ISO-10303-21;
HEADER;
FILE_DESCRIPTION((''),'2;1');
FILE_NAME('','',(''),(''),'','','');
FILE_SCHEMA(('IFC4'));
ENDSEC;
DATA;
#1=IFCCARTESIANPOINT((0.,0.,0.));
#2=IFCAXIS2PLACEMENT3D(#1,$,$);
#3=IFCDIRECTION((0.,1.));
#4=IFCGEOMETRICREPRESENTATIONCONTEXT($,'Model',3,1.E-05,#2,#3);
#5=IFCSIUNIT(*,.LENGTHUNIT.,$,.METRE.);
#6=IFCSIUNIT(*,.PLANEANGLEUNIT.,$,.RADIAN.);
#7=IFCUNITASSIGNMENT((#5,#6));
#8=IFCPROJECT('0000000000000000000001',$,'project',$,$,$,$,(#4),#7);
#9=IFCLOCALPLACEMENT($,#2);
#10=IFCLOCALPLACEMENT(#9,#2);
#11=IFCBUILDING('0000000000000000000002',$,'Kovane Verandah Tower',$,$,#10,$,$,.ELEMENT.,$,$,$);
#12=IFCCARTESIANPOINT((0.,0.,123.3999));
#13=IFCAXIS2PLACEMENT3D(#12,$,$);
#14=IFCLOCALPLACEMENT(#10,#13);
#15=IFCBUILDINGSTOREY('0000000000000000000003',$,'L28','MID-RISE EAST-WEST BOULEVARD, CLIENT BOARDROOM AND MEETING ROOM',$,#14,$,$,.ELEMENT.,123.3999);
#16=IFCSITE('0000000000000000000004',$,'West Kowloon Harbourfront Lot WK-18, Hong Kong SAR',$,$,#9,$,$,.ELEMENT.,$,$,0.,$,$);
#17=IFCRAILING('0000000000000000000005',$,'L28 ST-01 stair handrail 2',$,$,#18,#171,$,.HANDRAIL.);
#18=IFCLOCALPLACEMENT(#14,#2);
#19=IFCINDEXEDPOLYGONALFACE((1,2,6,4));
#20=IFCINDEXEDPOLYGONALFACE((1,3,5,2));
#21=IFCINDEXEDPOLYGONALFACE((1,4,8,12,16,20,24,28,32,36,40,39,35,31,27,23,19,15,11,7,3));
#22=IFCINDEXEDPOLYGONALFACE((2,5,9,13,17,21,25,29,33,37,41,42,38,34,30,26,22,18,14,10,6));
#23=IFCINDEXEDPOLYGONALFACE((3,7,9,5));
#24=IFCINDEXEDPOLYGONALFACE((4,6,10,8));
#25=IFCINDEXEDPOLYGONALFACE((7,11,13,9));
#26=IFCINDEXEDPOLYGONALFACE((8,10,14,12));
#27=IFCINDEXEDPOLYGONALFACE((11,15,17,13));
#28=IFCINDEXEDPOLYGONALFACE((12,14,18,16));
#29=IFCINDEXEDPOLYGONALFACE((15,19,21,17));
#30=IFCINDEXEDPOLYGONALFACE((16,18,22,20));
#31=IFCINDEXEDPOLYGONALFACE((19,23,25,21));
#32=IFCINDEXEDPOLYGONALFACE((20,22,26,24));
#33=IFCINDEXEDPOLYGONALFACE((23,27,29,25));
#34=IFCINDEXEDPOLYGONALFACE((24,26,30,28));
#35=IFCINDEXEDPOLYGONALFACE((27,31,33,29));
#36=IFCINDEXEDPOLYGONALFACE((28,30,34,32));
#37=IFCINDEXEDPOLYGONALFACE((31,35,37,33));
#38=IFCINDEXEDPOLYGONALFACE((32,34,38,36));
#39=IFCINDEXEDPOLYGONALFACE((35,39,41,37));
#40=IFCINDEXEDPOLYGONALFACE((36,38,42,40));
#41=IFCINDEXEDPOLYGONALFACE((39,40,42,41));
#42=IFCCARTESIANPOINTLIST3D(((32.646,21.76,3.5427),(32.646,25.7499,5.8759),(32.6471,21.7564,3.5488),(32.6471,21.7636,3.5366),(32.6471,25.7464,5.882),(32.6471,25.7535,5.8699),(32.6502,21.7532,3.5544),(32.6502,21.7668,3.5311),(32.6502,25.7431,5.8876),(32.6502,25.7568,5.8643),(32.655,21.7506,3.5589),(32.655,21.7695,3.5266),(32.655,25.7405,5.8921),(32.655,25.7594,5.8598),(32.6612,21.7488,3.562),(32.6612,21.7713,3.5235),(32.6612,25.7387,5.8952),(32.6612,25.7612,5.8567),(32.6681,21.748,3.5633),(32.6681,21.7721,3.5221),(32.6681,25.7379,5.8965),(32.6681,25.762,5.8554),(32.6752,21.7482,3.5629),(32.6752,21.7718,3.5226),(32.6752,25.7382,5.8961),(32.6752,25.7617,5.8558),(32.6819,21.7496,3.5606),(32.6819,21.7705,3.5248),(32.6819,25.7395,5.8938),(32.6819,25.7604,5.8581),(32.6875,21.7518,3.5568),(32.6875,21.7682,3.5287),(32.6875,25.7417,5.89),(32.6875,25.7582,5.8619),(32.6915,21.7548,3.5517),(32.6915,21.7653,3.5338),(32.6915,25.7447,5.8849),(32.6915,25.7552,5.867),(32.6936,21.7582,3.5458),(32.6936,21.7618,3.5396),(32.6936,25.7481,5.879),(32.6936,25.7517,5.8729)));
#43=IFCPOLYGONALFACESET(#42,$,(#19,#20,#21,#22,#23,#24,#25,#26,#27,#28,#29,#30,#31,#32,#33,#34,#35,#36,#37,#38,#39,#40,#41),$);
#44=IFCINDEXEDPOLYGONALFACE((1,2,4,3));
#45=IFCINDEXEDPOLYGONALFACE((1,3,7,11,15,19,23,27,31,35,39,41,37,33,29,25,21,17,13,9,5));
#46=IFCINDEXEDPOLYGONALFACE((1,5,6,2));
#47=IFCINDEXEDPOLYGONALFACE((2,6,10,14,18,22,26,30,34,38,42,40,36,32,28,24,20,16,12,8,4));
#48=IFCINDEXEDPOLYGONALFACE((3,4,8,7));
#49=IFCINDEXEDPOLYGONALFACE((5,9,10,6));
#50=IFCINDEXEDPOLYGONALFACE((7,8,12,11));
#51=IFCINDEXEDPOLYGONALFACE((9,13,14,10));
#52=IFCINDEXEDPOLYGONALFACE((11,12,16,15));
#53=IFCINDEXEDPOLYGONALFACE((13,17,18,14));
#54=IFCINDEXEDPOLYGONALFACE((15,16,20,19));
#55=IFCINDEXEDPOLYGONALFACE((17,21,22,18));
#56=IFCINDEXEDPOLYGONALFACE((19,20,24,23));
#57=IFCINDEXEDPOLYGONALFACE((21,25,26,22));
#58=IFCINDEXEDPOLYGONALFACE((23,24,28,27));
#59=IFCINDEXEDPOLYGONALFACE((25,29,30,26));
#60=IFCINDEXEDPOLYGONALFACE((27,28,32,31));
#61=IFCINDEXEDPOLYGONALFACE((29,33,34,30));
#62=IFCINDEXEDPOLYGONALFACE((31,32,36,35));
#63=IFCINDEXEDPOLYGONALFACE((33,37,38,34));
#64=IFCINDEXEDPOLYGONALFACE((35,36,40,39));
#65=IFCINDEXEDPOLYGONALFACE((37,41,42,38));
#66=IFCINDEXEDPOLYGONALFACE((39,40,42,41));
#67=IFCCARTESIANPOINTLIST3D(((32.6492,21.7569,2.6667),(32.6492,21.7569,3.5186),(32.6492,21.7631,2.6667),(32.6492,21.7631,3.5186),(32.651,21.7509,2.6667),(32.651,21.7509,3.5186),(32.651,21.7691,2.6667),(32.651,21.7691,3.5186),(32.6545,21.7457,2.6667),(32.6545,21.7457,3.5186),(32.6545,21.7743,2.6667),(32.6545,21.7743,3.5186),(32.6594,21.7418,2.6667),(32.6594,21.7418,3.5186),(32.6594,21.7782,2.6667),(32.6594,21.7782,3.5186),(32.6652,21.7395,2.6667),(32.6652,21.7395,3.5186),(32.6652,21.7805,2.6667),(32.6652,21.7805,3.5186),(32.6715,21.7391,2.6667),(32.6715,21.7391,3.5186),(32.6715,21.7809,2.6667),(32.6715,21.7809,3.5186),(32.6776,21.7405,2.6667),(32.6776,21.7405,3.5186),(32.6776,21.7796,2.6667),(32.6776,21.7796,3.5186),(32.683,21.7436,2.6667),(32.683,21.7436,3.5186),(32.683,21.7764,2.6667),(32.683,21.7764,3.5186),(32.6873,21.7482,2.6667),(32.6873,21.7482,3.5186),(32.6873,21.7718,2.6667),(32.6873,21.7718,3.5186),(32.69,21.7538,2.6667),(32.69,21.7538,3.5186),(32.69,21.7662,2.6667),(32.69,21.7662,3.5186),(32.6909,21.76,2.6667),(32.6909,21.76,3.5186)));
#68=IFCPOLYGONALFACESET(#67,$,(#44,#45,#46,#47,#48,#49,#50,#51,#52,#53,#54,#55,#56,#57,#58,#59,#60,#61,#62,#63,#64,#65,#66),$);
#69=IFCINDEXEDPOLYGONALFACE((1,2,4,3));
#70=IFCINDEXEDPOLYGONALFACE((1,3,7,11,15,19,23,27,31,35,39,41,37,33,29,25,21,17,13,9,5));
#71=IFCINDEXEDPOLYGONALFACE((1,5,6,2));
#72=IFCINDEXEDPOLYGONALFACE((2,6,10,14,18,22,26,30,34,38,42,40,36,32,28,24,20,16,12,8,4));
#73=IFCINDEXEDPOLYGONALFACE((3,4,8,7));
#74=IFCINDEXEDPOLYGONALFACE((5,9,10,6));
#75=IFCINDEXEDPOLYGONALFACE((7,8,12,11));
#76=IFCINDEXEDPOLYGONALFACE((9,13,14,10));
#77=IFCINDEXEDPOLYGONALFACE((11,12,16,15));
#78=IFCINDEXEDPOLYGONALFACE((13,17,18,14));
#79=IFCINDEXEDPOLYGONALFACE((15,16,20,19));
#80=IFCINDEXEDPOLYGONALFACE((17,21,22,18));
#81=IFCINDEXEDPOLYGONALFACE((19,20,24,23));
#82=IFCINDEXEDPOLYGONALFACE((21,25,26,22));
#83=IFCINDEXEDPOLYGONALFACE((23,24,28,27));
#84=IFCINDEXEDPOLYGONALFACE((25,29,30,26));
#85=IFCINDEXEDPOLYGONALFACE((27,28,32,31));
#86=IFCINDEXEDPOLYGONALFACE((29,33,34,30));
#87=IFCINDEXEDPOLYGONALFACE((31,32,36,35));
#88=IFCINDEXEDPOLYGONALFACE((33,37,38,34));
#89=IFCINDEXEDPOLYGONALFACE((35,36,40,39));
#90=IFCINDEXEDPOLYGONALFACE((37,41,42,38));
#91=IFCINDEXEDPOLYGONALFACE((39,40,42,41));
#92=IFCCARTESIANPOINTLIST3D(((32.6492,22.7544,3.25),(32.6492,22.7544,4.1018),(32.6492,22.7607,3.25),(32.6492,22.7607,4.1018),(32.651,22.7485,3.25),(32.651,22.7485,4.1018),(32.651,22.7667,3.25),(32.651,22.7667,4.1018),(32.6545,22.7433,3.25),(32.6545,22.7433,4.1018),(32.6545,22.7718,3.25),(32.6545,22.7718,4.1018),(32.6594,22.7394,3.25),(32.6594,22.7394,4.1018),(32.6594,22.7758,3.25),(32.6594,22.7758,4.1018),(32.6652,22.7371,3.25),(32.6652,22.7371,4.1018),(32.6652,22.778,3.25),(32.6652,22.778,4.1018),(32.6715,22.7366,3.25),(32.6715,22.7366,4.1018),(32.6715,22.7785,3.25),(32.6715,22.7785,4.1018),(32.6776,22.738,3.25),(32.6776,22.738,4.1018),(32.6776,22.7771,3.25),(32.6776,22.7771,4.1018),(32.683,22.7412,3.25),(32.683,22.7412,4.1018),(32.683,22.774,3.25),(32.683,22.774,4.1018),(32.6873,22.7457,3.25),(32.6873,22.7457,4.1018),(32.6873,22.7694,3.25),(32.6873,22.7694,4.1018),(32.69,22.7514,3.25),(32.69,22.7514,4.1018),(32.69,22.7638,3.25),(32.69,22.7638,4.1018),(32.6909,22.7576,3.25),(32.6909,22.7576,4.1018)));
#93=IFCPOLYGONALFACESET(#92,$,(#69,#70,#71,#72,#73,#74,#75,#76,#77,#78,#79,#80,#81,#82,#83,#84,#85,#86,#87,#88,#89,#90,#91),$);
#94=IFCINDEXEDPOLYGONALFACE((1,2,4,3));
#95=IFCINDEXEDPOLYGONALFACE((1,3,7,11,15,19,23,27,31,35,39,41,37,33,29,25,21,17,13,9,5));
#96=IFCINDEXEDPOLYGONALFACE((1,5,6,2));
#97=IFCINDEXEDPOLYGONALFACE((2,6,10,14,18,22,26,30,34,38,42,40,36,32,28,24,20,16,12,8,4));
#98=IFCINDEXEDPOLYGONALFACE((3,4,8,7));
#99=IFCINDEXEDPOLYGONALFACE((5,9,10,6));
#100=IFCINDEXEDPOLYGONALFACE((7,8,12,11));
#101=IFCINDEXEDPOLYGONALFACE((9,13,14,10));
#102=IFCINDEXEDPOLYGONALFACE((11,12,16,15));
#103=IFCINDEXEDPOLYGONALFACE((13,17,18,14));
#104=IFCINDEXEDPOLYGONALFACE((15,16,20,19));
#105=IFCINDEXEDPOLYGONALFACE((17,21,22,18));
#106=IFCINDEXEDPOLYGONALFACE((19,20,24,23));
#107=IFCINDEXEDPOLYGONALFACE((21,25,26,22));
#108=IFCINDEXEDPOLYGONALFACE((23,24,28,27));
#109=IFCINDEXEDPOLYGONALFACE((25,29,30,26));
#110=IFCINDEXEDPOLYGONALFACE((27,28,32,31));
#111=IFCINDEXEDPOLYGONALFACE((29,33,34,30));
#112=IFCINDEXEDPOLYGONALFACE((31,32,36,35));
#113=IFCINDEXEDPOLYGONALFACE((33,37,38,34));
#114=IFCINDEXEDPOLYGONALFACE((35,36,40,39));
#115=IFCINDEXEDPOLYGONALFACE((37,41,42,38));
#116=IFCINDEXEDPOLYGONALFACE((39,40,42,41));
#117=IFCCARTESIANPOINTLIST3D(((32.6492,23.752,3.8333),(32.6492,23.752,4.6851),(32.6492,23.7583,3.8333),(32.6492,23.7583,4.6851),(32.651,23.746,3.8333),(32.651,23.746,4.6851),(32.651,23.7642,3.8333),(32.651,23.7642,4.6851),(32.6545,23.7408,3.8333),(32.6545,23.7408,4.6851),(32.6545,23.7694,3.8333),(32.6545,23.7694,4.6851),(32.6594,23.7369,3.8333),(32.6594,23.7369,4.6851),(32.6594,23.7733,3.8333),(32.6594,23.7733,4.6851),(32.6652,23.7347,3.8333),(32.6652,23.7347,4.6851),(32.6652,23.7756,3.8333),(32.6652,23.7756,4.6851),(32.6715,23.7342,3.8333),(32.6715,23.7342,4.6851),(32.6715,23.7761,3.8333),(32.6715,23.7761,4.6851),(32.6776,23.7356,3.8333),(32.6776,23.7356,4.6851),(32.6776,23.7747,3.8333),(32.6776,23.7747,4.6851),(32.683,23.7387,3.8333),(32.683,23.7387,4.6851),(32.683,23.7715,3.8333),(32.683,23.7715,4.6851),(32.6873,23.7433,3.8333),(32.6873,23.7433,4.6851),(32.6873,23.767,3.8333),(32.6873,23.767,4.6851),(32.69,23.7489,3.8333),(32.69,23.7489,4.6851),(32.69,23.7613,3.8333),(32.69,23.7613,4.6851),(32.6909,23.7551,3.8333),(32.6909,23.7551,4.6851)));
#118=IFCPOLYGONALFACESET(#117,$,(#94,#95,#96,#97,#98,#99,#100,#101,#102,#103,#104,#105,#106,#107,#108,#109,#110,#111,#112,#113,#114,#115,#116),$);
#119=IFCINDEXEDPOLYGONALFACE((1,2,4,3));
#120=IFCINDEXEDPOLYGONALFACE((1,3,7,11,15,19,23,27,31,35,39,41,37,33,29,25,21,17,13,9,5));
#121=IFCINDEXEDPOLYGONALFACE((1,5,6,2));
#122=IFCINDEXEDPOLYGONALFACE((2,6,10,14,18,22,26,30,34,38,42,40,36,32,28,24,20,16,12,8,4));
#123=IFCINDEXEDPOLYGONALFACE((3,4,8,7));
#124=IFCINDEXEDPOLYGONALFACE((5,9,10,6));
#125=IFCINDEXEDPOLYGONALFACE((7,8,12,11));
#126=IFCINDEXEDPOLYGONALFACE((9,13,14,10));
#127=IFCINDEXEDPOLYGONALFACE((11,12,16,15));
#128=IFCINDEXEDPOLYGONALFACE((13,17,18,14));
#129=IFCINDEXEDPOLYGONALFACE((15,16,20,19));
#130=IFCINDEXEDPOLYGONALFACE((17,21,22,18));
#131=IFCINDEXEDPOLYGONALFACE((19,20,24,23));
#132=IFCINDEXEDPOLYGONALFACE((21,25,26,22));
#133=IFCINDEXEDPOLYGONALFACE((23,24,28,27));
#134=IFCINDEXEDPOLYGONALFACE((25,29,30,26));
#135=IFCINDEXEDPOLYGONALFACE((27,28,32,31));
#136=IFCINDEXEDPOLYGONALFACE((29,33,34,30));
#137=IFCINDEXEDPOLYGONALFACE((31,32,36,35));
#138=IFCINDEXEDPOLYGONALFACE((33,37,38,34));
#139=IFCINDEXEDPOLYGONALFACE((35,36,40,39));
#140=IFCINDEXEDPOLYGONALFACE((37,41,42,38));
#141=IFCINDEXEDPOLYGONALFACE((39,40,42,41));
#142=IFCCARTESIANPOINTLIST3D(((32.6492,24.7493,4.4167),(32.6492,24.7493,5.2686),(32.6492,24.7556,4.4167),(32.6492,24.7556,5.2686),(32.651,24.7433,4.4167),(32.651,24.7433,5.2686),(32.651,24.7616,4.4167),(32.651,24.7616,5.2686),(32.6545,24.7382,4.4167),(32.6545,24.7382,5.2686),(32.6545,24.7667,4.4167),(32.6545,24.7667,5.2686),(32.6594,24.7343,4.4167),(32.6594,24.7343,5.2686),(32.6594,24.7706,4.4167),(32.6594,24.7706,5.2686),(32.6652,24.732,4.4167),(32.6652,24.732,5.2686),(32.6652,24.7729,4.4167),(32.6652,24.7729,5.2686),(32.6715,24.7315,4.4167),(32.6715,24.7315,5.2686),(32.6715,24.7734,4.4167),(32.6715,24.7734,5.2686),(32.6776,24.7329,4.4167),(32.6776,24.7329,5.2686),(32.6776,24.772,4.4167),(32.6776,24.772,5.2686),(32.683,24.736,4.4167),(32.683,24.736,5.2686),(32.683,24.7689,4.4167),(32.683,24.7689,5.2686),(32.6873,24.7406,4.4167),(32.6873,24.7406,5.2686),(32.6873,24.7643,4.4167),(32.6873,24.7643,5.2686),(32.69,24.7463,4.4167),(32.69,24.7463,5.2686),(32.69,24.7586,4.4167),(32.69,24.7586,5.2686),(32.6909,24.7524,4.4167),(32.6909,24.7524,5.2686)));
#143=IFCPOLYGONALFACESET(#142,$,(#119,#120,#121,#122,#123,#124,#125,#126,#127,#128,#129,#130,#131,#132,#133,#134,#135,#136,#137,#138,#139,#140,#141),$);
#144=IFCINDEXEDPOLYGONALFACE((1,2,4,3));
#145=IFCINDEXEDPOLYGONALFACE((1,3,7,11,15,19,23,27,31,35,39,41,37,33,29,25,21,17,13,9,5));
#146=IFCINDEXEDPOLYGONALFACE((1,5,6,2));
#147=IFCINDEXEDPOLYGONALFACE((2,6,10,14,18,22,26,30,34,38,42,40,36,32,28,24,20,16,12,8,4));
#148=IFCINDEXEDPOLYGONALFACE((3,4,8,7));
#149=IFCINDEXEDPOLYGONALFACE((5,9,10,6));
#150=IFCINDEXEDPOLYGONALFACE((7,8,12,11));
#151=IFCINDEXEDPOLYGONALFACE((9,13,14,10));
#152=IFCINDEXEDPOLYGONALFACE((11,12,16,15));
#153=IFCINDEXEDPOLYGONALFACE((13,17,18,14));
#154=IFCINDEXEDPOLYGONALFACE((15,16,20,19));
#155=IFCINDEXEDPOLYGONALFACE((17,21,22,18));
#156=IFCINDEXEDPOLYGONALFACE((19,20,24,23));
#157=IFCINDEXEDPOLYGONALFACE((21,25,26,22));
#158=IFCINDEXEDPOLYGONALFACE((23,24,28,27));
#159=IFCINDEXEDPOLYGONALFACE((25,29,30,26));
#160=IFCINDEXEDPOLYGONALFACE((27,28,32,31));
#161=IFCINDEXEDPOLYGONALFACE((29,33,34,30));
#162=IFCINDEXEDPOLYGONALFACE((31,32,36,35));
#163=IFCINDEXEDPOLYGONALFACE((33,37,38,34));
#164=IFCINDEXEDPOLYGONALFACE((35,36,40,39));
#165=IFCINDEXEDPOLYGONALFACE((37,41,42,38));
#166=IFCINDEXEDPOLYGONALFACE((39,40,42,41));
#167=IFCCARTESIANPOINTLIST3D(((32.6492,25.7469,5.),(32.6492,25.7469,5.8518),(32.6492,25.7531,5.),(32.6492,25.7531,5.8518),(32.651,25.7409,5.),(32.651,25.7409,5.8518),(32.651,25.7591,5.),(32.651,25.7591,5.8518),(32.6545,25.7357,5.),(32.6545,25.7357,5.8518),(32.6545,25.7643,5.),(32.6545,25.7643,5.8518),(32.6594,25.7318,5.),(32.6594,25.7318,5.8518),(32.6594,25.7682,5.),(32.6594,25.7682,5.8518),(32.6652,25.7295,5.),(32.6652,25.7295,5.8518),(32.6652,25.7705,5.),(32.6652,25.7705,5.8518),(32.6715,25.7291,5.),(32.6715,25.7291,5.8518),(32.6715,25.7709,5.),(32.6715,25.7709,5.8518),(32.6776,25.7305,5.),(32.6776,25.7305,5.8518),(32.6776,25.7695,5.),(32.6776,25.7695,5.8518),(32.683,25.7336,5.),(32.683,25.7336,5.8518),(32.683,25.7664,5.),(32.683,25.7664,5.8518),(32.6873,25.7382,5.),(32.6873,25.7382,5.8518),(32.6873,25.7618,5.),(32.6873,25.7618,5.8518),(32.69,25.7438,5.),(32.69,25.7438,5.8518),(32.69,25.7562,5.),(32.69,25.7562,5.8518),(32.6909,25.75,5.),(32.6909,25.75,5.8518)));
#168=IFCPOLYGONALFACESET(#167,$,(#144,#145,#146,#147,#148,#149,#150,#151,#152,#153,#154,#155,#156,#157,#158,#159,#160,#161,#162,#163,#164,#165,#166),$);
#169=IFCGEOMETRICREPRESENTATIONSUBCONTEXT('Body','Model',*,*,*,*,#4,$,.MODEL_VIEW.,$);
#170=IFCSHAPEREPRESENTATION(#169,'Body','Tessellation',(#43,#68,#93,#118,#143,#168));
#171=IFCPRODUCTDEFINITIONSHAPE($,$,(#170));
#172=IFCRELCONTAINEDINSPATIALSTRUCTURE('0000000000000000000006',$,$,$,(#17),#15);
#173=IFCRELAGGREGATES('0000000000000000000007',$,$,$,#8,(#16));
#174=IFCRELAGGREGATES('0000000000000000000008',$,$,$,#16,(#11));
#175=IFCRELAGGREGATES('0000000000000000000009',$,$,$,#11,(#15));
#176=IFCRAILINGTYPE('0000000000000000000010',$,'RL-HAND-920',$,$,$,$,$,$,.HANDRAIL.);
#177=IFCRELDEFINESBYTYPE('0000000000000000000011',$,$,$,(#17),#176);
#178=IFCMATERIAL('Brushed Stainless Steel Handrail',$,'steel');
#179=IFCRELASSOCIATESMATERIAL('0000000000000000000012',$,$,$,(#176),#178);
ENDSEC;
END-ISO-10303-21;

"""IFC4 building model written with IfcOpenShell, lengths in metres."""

from ifc_helpers import new_model, si_unit, direction, frame, origin, origin_2d, place, context, subcontext, project, spatial, circle, extrude, material, type_object, element, save


model = new_model("IFC4")

# Units and contexts
model_context = context("Model", 3, precision=1e-05, world=origin(), true_north=direction((0.0, 1.0)))
body_context = subcontext(model_context, "Body", "Model", "MODEL_VIEW")
ifc_project = project(units=[si_unit("LENGTHUNIT", "METRE"), si_unit("PLANEANGLEUNIT", "RADIAN")], contexts=[model_context])

# Site, building, storey
site_placement = place(None, origin())
site = spatial("IfcSite", under=ifc_project, at=site_placement, Name="West Kowloon Harbourfront Lot WK-18, Hong Kong SAR", CompositionType="ELEMENT", RefElevation=0.0)
building_placement = place(site_placement, origin())
building = spatial("IfcBuilding", under=site, at=building_placement, Name="Kovane Verandah Tower", CompositionType="ELEMENT")
storey_placement = place(building_placement, frame((0.0, 0.0, 123.3999)))
storey = spatial("IfcBuildingStorey", under=building, at=storey_placement, Name="L28", Description="MID-RISE EAST-WEST BOULEVARD, CLIENT BOARDROOM AND MEETING ROOM", CompositionType="ELEMENT", Elevation=123.3999)

# Railing
ifc_material_1 = material(Name="Brushed Stainless Steel Handrail", Category="steel")
railing_type_1 = type_object("IfcRailingType", Name="RL-HAND-920", PredefinedType="HANDRAIL", material=ifc_material_1)
railing_1_placement = place(storey_placement, frame((32.6699, 21.76, 2.6667)))
element("IfcRailing", 1, at=railing_1_placement, inside=storey, type_object=railing_type_1, Name="L28 ST-01 stair handrail 2", PredefinedType="HANDRAIL", context=body_context, shape_type="SweptSolid", body=[
    extrude(circle(Radius=0.0239, at=origin_2d()), frame((0.0, 0.0, 0.876), z_axis=(0.0, 0.863236, 0.5048), x_axis=(-1.0, 0.0, 0.0)), (0.0, 0.0, 1.0), 4.6221),
    extrude(circle(Radius=0.021, at=origin_2d()), origin(), (0.0, 0.0, 1.0), 0.8518),
    extrude(circle(Radius=0.021, at=origin_2d()), frame((0.0, 0.9976, 0.5833)), (0.0, 0.0, 1.0), 0.8518),
    extrude(circle(Radius=0.021, at=origin_2d()), frame((0.0, 1.9951, 1.1665)), (0.0, 0.0, 1.0), 0.8518),
    extrude(circle(Radius=0.021, at=origin_2d()), frame((0.0, 2.9924, 1.75)), (0.0, 0.0, 1.0), 0.8518),
    extrude(circle(Radius=0.021, at=origin_2d()), frame((0.0, 3.99, 2.3333)), (0.0, 0.0, 1.0), 0.8518),
])

save(model, "model.ifc")
